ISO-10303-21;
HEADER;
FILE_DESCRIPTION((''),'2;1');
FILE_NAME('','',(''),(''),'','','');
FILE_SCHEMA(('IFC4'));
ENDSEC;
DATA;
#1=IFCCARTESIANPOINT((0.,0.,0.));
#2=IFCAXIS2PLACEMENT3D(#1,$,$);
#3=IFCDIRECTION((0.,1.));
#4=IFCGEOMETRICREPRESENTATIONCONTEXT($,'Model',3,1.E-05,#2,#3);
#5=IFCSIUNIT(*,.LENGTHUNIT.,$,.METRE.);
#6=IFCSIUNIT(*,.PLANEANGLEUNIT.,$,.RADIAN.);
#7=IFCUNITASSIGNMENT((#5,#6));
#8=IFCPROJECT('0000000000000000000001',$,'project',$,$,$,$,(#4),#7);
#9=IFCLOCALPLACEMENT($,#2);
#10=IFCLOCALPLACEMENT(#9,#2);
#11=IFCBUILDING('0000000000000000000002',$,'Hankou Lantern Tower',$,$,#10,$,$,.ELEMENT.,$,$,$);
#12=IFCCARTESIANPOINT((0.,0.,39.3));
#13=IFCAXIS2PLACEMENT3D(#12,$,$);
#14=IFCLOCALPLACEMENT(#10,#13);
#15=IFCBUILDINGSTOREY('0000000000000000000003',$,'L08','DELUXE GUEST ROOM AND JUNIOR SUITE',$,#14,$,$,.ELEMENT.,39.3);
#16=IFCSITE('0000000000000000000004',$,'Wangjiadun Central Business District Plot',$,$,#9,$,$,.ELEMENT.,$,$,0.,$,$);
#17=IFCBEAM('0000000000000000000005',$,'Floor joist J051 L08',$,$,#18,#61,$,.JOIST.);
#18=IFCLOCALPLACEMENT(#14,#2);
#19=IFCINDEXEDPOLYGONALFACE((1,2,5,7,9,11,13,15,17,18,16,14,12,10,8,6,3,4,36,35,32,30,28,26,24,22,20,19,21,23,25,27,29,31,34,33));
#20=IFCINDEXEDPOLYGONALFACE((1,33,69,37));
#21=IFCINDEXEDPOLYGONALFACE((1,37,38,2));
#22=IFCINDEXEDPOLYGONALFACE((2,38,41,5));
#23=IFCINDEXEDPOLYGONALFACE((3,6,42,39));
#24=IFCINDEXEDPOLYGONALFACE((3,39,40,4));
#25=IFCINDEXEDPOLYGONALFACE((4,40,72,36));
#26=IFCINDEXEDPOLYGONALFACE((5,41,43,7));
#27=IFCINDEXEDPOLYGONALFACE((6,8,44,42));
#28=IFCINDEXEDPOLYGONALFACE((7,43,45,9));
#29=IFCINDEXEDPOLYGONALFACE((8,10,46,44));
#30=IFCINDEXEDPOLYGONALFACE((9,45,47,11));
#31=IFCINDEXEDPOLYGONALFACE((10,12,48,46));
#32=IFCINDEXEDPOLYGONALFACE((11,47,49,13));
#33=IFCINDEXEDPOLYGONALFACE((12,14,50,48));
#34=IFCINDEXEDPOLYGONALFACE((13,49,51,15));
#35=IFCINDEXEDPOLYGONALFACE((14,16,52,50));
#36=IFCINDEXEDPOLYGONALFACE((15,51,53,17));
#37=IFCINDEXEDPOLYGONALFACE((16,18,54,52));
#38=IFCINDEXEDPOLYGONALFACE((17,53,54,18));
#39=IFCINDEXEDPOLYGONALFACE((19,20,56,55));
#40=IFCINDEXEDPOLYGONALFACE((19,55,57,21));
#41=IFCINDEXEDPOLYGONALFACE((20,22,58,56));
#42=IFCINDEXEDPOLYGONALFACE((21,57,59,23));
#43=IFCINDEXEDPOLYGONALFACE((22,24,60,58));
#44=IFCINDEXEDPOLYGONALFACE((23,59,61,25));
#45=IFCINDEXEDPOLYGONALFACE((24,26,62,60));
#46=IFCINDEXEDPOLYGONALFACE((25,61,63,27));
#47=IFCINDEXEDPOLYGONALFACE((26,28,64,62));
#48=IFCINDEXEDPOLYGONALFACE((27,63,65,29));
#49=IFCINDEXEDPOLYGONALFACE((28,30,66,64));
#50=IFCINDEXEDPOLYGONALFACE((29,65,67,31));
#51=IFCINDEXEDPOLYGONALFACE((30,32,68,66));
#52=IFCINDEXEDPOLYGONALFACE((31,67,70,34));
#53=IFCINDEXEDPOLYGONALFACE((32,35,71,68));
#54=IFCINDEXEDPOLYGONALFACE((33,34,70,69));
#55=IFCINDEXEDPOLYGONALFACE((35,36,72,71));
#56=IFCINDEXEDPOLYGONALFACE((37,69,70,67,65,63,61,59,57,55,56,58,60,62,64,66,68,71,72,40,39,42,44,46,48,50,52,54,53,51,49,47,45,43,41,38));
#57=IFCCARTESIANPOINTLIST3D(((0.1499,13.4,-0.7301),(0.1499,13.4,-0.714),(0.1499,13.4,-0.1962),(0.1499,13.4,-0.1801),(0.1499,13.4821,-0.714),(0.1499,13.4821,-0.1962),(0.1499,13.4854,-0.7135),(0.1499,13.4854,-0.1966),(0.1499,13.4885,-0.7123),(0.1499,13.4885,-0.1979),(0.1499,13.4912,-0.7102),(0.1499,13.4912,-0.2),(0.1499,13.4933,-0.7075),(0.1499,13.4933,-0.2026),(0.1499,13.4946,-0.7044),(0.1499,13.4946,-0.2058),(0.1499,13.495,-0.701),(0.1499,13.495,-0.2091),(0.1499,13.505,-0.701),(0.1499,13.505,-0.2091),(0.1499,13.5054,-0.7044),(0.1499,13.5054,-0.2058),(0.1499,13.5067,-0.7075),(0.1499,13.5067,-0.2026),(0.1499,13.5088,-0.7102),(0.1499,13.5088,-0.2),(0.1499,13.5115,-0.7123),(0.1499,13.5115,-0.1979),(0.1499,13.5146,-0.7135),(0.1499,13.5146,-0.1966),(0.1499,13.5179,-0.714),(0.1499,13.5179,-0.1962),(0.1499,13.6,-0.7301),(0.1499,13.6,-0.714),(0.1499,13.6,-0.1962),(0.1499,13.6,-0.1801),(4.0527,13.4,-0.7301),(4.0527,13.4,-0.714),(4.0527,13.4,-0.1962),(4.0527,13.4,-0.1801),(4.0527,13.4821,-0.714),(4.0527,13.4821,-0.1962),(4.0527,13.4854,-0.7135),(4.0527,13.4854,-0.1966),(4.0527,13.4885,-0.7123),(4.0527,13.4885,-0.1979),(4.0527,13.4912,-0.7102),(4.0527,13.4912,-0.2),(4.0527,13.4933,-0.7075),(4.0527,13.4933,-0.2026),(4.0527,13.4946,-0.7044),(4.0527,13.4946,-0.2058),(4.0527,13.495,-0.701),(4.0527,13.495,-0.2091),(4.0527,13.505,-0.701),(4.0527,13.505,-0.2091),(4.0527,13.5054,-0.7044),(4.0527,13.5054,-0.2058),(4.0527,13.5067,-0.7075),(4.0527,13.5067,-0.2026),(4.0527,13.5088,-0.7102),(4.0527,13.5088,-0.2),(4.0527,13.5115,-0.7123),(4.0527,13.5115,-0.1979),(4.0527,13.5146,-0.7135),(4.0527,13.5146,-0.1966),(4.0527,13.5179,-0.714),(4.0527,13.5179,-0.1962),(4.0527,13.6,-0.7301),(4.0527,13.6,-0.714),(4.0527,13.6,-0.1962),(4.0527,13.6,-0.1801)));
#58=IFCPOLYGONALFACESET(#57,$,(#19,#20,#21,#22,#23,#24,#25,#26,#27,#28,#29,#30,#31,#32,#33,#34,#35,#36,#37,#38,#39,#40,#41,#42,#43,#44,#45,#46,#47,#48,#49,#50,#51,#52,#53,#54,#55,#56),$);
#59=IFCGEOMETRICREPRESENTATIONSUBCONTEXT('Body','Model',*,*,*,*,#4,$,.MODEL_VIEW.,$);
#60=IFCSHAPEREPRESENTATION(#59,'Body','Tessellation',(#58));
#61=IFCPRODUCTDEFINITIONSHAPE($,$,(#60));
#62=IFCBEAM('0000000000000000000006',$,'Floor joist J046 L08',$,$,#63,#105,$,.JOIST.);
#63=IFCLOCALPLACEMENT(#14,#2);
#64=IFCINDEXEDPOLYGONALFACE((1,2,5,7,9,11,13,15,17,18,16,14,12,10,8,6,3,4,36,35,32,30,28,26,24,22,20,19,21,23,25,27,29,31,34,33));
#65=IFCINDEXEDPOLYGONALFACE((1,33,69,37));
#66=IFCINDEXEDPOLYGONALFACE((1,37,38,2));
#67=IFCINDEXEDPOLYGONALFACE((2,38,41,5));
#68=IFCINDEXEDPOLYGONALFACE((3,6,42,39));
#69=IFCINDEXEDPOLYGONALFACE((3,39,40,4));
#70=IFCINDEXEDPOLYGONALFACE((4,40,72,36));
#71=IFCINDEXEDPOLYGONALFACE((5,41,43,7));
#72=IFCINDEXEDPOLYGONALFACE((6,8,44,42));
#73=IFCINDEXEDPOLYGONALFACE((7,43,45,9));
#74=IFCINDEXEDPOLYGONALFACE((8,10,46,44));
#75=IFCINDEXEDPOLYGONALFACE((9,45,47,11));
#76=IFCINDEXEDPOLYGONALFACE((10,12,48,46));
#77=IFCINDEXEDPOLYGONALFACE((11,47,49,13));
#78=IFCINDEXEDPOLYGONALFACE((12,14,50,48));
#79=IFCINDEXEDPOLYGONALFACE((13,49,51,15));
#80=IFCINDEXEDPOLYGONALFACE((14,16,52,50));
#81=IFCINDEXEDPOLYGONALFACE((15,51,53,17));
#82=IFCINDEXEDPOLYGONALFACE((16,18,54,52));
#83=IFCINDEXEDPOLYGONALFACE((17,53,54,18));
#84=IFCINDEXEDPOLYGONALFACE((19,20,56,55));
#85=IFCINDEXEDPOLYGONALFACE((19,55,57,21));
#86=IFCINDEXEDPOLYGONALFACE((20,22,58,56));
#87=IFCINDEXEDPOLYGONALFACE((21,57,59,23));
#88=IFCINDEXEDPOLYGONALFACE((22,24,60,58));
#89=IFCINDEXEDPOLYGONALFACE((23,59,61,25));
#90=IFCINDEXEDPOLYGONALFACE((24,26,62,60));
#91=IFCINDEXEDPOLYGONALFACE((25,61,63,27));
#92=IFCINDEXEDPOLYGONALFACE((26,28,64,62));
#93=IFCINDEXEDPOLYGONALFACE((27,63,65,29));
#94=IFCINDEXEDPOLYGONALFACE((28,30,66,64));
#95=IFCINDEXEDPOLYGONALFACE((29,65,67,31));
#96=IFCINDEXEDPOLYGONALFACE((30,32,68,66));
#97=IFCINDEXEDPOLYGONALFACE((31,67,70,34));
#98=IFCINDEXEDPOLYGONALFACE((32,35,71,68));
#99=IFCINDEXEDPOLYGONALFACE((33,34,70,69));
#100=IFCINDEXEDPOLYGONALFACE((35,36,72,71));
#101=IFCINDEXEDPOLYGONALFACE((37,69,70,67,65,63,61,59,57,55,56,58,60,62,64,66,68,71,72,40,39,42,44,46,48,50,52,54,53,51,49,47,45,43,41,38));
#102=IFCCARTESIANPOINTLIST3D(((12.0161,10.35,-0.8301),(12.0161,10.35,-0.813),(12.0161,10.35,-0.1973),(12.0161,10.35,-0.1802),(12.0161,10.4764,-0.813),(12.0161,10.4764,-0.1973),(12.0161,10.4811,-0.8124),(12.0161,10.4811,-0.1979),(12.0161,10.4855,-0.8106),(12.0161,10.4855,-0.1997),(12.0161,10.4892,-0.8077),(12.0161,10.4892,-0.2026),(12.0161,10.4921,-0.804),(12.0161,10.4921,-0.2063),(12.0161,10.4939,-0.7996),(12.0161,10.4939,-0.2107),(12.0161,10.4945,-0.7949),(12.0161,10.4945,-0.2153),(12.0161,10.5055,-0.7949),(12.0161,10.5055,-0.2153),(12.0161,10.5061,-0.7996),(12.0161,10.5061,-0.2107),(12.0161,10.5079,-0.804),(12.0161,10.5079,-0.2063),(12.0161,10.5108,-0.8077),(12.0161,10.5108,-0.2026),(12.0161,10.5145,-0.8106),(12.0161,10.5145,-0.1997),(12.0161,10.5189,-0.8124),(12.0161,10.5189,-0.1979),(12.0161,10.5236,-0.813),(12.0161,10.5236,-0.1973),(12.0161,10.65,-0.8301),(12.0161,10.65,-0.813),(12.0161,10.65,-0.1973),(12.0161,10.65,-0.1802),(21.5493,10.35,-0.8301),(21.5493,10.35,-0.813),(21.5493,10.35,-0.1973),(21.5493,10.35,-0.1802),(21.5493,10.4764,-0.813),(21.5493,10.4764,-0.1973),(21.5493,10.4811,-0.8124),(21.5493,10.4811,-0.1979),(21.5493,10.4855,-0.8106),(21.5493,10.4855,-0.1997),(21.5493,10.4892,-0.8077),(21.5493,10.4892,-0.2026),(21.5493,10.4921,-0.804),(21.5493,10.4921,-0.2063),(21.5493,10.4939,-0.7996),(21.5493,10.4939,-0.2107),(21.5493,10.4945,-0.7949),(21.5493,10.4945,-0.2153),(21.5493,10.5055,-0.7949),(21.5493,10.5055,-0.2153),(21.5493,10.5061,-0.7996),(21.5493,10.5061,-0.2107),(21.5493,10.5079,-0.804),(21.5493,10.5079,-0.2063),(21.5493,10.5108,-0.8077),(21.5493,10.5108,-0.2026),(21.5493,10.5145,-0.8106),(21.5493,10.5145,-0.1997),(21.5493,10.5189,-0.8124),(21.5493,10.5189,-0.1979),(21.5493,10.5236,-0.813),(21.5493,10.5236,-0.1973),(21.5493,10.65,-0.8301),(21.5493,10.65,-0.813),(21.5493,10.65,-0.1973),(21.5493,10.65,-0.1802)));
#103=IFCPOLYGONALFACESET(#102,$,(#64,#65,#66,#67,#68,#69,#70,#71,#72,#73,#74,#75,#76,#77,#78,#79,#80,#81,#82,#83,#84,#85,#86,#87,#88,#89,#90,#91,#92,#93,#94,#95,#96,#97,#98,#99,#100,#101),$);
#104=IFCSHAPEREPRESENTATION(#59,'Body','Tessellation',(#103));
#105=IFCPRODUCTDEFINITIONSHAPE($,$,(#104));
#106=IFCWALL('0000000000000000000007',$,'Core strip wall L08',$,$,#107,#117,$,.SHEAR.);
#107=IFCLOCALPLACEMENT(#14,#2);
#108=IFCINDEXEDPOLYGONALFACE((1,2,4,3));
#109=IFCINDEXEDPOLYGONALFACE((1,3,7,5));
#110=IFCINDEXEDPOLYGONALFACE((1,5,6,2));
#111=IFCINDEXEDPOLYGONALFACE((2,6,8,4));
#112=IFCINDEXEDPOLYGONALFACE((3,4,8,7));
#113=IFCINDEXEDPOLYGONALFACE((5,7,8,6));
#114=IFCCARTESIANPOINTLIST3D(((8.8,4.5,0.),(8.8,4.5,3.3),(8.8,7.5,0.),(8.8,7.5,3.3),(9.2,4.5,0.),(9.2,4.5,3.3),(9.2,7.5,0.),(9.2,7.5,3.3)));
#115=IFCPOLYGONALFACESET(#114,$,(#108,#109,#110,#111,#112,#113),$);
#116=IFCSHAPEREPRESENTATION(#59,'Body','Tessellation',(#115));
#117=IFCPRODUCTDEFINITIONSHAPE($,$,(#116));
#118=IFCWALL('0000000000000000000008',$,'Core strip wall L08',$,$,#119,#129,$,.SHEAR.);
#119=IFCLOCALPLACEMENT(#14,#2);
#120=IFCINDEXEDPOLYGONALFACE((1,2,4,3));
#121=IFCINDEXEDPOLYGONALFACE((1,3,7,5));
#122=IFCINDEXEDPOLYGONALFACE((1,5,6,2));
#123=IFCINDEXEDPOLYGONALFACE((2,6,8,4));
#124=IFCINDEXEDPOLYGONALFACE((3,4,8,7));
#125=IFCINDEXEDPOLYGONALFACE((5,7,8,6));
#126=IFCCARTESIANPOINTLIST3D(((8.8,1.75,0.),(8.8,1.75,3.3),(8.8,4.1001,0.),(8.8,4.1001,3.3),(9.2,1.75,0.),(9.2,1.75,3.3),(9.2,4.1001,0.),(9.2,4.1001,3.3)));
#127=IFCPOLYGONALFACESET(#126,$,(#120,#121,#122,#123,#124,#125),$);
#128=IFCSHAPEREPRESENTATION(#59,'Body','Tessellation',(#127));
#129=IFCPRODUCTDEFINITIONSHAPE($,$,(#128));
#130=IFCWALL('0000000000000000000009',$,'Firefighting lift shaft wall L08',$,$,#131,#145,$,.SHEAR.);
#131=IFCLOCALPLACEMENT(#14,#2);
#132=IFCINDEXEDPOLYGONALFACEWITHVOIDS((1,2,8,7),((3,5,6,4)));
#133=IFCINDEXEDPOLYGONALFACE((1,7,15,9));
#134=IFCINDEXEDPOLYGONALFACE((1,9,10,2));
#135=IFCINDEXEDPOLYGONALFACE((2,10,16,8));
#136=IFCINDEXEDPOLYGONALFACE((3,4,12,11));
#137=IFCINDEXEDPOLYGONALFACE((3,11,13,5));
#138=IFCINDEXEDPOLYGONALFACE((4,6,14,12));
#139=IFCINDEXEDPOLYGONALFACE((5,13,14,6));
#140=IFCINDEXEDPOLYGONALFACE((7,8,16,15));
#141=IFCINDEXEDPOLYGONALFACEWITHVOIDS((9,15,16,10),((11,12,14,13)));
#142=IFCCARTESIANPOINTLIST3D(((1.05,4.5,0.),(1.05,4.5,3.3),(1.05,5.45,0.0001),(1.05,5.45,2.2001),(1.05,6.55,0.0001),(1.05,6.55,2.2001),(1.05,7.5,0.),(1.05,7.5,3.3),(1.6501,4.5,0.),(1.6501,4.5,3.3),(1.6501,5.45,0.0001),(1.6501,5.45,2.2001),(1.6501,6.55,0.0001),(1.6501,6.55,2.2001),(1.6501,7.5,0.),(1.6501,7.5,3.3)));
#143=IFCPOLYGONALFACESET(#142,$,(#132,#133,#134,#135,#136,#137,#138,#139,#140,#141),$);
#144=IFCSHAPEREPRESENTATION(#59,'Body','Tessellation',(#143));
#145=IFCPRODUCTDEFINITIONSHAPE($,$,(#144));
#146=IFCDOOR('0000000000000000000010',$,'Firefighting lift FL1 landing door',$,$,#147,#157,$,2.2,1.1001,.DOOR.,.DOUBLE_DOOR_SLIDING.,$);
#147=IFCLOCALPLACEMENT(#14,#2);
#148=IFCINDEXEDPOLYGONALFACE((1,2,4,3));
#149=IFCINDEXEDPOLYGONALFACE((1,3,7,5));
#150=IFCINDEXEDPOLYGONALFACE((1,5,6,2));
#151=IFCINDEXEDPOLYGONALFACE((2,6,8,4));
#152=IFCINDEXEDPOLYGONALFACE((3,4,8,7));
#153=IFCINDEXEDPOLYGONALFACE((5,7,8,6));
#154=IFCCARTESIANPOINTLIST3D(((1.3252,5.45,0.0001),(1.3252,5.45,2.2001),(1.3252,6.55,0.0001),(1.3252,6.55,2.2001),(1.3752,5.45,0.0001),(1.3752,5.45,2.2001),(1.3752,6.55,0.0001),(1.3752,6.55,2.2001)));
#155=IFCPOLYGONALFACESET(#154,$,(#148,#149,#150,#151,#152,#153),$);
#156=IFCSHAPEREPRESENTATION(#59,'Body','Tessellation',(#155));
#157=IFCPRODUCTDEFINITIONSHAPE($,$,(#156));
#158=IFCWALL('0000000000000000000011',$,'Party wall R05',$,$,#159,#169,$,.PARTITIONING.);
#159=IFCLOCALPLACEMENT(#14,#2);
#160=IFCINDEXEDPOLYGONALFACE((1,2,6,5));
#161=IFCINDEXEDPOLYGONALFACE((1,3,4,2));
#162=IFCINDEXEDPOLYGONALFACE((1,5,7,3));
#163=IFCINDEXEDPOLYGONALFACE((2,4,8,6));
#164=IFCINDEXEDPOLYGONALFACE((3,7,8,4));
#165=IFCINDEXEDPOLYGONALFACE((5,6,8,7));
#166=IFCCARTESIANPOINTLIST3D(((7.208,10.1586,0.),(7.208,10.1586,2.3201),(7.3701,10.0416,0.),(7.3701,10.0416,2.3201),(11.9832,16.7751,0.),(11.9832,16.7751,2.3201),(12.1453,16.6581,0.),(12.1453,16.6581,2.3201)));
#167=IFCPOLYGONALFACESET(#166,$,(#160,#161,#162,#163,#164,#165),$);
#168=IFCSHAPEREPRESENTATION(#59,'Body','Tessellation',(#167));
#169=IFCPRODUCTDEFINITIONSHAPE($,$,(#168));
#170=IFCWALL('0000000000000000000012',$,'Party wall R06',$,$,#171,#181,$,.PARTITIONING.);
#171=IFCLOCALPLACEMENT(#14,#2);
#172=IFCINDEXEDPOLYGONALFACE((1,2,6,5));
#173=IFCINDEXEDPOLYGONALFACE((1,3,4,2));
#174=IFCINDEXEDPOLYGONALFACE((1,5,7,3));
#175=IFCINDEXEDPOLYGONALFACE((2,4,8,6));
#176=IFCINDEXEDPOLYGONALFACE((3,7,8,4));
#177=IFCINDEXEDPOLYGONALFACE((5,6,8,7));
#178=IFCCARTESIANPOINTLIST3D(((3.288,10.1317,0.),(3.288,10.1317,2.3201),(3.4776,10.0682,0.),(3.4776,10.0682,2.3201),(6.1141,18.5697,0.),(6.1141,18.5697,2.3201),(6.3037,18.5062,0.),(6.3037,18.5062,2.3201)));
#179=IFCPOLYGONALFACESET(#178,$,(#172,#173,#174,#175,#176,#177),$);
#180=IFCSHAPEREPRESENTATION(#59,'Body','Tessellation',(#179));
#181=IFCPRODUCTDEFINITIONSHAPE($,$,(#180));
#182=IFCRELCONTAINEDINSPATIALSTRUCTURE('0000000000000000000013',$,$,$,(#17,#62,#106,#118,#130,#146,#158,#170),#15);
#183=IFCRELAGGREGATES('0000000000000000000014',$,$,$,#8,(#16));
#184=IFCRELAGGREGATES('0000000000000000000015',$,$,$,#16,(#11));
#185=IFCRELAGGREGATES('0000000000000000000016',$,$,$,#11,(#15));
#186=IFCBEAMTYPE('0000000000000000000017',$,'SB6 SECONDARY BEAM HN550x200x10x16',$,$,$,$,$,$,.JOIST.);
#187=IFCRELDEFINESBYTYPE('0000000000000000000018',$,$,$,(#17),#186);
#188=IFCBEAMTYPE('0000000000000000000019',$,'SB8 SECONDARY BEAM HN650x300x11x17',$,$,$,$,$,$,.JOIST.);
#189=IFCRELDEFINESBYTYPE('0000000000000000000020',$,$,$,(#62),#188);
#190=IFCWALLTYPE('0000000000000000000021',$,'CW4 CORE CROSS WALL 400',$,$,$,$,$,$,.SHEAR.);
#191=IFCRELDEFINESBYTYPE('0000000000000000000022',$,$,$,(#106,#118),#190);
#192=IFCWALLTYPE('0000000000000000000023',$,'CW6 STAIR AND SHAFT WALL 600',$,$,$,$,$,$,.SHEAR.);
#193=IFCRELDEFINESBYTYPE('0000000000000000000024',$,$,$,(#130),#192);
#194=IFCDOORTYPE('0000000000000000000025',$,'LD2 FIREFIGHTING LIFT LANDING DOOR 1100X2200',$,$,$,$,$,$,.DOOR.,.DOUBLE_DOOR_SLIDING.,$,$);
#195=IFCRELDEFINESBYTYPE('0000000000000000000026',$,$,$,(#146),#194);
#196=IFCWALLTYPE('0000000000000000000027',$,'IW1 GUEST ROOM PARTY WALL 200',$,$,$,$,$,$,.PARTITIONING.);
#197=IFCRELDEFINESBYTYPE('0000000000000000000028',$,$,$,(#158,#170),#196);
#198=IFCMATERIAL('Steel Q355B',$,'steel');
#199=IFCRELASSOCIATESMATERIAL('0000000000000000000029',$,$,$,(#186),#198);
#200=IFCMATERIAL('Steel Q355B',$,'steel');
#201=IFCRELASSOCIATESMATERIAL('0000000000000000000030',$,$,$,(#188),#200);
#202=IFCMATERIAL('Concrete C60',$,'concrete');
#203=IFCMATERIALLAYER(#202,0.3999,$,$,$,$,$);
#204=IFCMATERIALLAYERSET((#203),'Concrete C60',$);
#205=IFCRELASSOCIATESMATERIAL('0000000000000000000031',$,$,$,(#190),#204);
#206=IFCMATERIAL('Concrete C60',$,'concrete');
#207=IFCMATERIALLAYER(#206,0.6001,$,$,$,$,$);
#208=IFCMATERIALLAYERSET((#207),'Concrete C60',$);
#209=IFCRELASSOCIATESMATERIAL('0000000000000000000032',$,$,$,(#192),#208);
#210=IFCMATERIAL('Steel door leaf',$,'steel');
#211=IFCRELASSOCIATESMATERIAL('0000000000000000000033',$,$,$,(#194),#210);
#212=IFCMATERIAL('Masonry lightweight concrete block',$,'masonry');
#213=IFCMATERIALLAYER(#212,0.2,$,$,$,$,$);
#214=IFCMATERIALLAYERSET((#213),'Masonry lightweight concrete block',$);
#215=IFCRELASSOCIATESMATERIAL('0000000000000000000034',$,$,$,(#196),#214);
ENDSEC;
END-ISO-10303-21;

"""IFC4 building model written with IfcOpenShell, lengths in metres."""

from ifc_helpers import new_model, si_unit, direction, frame, frame_2d, origin, origin_2d, place, context, subcontext, project, spatial, rectangle, i_section, extrude, material, layer, layer_set, material_profile, profile_set, type_object, element, fill, save


model = new_model("IFC4")

# Units and contexts
model_context = context("Model", 3, precision=1e-05, world=origin(), true_north=direction((0.0, 1.0)))
body_context = subcontext(model_context, "Body", "Model", "MODEL_VIEW")
ifc_project = project(units=[si_unit("LENGTHUNIT", "METRE"), si_unit("PLANEANGLEUNIT", "RADIAN")], contexts=[model_context])

# Site, building, storey
site_placement = place(None, origin())
site = spatial("IfcSite", under=ifc_project, at=site_placement, Name="Wangjiadun Central Business District Plot", CompositionType="ELEMENT", RefElevation=0.0)
building_placement = place(site_placement, origin())
building = spatial("IfcBuilding", under=site, at=building_placement, Name="Hankou Lantern Tower", CompositionType="ELEMENT")
storey_placement = place(building_placement, frame((0.0, 0.0, 39.3)))
storey = spatial("IfcBuildingStorey", under=building, at=storey_placement, Name="L08", Description="DELUXE GUEST ROOM AND JUNIOR SUITE", CompositionType="ELEMENT", Elevation=39.3)

# Beams
ifc_material_1 = material(Name="Steel Q355B", Category="steel")
ifc_material_profile_1 = material_profile(ifc_material_1, i_section(OverallWidth=0.2, OverallDepth=0.55, WebThickness=0.01, FlangeThickness=0.0161, FilletRadius=0.0129, at=origin_2d()), Name="HN550x200x10x16")
ifc_profile_set_1 = profile_set([ifc_material_profile_1], Name="Steel Q355B")
beam_type_1 = type_object("IfcBeamType", Name="SB6 SECONDARY BEAM HN550x200x10x16", PredefinedType="JOIST", material=ifc_profile_set_1)
beam_1_placement = place(storey_placement, frame((0.1499, 13.5, -0.4551), z_axis=(1.0, 0.0, 0.0), x_axis=(0.0, 1.0, 0.0)))
element("IfcBeam", 1, at=beam_1_placement, inside=storey, type_object=beam_type_1, Name="Floor joist J051 L08", PredefinedType="JOIST", context=body_context, shape_type="SweptSolid", body=[
    extrude(i_section(OverallWidth=0.2, OverallDepth=0.55, WebThickness=0.01, FlangeThickness=0.0161, FilletRadius=0.0129, at=origin_2d()), origin(), (0.0, 0.0, 1.0), 3.9028),
])
ifc_material_2 = material(Name="Steel Q355B", Category="steel")
ifc_material_profile_2 = material_profile(ifc_material_2, i_section(OverallWidth=0.3, OverallDepth=0.6499, WebThickness=0.011, FlangeThickness=0.0171, FilletRadius=0.0181, at=origin_2d()), Name="HN650x300x11x17")
ifc_profile_set_2 = profile_set([ifc_material_profile_2], Name="Steel Q355B")
beam_type_2 = type_object("IfcBeamType", Name="SB8 SECONDARY BEAM HN650x300x11x17", PredefinedType="JOIST", material=ifc_profile_set_2)
beam_2_placement = place(storey_placement, frame((12.0161, 10.5, -0.5051), z_axis=(1.0, 0.0, 0.0), x_axis=(0.0, 1.0, 0.0)))
element("IfcBeam", 2, at=beam_2_placement, inside=storey, type_object=beam_type_2, Name="Floor joist J046 L08", PredefinedType="JOIST", context=body_context, shape_type="SweptSolid", body=[
    extrude(i_section(OverallWidth=0.3, OverallDepth=0.6499, WebThickness=0.011, FlangeThickness=0.0171, FilletRadius=0.0181, at=origin_2d()), origin(), (0.0, 0.0, 1.0), 9.5332),
])

# Walls
ifc_material_3 = material(Name="Concrete C60", Category="concrete")
ifc_layer_1 = layer(ifc_material_3, 0.3999)
ifc_layer_set_1 = layer_set([ifc_layer_1], Name="Concrete C60")
wall_type_1 = type_object("IfcWallType", Name="CW4 CORE CROSS WALL 400", PredefinedType="SHEAR", material=ifc_layer_set_1)
wall_1_placement = place(storey_placement, frame((9.0, 4.5, 0.0), z_axis=(0.0, 0.0, 1.0), x_axis=(0.0, 1.0, 0.0)))
element("IfcWall", 3, at=wall_1_placement, inside=storey, type_object=wall_type_1, Name="Core strip wall L08", PredefinedType="SHEAR", context=body_context, shape_type="SweptSolid", body=[
    extrude(rectangle(XDim=3.0, YDim=0.3999, at=frame_2d((1.5, 0.0))), origin(), (0.0, 0.0, 1.0), 3.3),
])
wall_2_placement = place(storey_placement, frame((9.0, 1.75, 0.0), z_axis=(0.0, 0.0, 1.0), x_axis=(0.0, 1.0, 0.0)))
element("IfcWall", 4, at=wall_2_placement, inside=storey, type_object=wall_type_1, Name="Core strip wall L08", PredefinedType="SHEAR", context=body_context, shape_type="SweptSolid", body=[
    extrude(rectangle(XDim=2.3501, YDim=0.3999, at=frame_2d((1.175, 0.0))), origin(), (0.0, 0.0, 1.0), 3.3),
])

# Wall, opening, door
ifc_material_4 = material(Name="Concrete C60", Category="concrete")
ifc_layer_2 = layer(ifc_material_4, 0.6001)
ifc_layer_set_2 = layer_set([ifc_layer_2], Name="Concrete C60")
wall_type_2 = type_object("IfcWallType", Name="CW6 STAIR AND SHAFT WALL 600", PredefinedType="SHEAR", material=ifc_layer_set_2)
wall_3_placement = place(storey_placement, frame((1.3501, 4.5, 0.0), z_axis=(0.0, 0.0, 1.0), x_axis=(0.0, 1.0, 0.0)))
wall_3 = element("IfcWall", 5, at=wall_3_placement, inside=storey, type_object=wall_type_2, Name="Firefighting lift shaft wall L08", PredefinedType="SHEAR", context=body_context, shape_type="SweptSolid", body=[
    extrude(rectangle(XDim=3.0, YDim=0.6001, at=frame_2d((1.5, 0.0))), origin(), (0.0, 0.0, 1.0), 3.3),
])
opening_1_placement = place(wall_3_placement, frame((0.95, 0.0, 0.0)))
opening_1 = element("IfcOpeningElement", 6, at=opening_1_placement, cuts=wall_3, PredefinedType="OPENING", context=body_context, shape_type="SweptSolid", body=[
    extrude(rectangle(XDim=1.1001, YDim=2.2, at=frame_2d((0.55, 1.1001))), frame((0.0, 0.3101, 0.0), z_axis=(0.0, -1.0, 0.0), x_axis=(1.0, 0.0, 0.0)), (0.0, 0.0, 1.0), 0.6201),
])
ifc_material_5 = material(Name="Steel door leaf", Category="steel")
door_type_1 = type_object("IfcDoorType", Name="LD2 FIREFIGHTING LIFT LANDING DOOR 1100X2200", OperationType="DOUBLE_DOOR_SLIDING", PredefinedType="DOOR", material=ifc_material_5)
door_1_placement = place(opening_1_placement, origin())
door_1 = element("IfcDoor", 7, at=door_1_placement, inside=storey, type_object=door_type_1, Name="Firefighting lift FL1 landing door", OperationType="DOUBLE_DOOR_SLIDING", OverallHeight=2.2, OverallWidth=1.1001, PredefinedType="DOOR", context=body_context, shape_type="SweptSolid", body=[
    extrude(rectangle(XDim=1.1001, YDim=2.2, at=frame_2d((0.55, 1.1001))), frame((0.0, 0.0249, 0.0), z_axis=(0.0, -1.0, 0.0), x_axis=(1.0, 0.0, 0.0)), (0.0, 0.0, 1.0), 0.05),
])
fill(opening_1, door_1)

# Walls
ifc_material_6 = material(Name="Masonry lightweight concrete block", Category="masonry")
ifc_layer_3 = layer(ifc_material_6, 0.2)
ifc_layer_set_3 = layer_set([ifc_layer_3], Name="Masonry lightweight concrete block")
wall_type_3 = type_object("IfcWallType", Name="IW1 GUEST ROOM PARTY WALL 200", PredefinedType="PARTITIONING", material=ifc_layer_set_3)
wall_4_placement = place(storey_placement, frame((7.2891, 10.1001, 0.0), z_axis=(0.0, 0.0, 1.0), x_axis=(0.585216, 0.810877, 0.0)))
element("IfcWall", 8, at=wall_4_placement, inside=storey, type_object=wall_type_3, Name="Party wall R05", PredefinedType="PARTITIONING", context=body_context, shape_type="SweptSolid", body=[
    extrude(rectangle(XDim=8.1597, YDim=0.2, at=frame_2d((4.0798, 0.0))), origin(), (0.0, 0.0, 1.0), 2.3201),
])
wall_5_placement = place(storey_placement, frame((3.3828, 10.1001, 0.0), z_axis=(0.0, 0.0, 1.0), x_axis=(0.317594, 0.948227, 0.0)))
element("IfcWall", 9, at=wall_5_placement, inside=storey, type_object=wall_type_3, Name="Party wall R06", PredefinedType="PARTITIONING", context=body_context, shape_type="SweptSolid", body=[
    extrude(rectangle(XDim=8.8987, YDim=0.2, at=frame_2d((4.4492, 0.0))), origin(), (0.0, 0.0, 1.0), 2.3201),
])

save(model, "model.ifc")
